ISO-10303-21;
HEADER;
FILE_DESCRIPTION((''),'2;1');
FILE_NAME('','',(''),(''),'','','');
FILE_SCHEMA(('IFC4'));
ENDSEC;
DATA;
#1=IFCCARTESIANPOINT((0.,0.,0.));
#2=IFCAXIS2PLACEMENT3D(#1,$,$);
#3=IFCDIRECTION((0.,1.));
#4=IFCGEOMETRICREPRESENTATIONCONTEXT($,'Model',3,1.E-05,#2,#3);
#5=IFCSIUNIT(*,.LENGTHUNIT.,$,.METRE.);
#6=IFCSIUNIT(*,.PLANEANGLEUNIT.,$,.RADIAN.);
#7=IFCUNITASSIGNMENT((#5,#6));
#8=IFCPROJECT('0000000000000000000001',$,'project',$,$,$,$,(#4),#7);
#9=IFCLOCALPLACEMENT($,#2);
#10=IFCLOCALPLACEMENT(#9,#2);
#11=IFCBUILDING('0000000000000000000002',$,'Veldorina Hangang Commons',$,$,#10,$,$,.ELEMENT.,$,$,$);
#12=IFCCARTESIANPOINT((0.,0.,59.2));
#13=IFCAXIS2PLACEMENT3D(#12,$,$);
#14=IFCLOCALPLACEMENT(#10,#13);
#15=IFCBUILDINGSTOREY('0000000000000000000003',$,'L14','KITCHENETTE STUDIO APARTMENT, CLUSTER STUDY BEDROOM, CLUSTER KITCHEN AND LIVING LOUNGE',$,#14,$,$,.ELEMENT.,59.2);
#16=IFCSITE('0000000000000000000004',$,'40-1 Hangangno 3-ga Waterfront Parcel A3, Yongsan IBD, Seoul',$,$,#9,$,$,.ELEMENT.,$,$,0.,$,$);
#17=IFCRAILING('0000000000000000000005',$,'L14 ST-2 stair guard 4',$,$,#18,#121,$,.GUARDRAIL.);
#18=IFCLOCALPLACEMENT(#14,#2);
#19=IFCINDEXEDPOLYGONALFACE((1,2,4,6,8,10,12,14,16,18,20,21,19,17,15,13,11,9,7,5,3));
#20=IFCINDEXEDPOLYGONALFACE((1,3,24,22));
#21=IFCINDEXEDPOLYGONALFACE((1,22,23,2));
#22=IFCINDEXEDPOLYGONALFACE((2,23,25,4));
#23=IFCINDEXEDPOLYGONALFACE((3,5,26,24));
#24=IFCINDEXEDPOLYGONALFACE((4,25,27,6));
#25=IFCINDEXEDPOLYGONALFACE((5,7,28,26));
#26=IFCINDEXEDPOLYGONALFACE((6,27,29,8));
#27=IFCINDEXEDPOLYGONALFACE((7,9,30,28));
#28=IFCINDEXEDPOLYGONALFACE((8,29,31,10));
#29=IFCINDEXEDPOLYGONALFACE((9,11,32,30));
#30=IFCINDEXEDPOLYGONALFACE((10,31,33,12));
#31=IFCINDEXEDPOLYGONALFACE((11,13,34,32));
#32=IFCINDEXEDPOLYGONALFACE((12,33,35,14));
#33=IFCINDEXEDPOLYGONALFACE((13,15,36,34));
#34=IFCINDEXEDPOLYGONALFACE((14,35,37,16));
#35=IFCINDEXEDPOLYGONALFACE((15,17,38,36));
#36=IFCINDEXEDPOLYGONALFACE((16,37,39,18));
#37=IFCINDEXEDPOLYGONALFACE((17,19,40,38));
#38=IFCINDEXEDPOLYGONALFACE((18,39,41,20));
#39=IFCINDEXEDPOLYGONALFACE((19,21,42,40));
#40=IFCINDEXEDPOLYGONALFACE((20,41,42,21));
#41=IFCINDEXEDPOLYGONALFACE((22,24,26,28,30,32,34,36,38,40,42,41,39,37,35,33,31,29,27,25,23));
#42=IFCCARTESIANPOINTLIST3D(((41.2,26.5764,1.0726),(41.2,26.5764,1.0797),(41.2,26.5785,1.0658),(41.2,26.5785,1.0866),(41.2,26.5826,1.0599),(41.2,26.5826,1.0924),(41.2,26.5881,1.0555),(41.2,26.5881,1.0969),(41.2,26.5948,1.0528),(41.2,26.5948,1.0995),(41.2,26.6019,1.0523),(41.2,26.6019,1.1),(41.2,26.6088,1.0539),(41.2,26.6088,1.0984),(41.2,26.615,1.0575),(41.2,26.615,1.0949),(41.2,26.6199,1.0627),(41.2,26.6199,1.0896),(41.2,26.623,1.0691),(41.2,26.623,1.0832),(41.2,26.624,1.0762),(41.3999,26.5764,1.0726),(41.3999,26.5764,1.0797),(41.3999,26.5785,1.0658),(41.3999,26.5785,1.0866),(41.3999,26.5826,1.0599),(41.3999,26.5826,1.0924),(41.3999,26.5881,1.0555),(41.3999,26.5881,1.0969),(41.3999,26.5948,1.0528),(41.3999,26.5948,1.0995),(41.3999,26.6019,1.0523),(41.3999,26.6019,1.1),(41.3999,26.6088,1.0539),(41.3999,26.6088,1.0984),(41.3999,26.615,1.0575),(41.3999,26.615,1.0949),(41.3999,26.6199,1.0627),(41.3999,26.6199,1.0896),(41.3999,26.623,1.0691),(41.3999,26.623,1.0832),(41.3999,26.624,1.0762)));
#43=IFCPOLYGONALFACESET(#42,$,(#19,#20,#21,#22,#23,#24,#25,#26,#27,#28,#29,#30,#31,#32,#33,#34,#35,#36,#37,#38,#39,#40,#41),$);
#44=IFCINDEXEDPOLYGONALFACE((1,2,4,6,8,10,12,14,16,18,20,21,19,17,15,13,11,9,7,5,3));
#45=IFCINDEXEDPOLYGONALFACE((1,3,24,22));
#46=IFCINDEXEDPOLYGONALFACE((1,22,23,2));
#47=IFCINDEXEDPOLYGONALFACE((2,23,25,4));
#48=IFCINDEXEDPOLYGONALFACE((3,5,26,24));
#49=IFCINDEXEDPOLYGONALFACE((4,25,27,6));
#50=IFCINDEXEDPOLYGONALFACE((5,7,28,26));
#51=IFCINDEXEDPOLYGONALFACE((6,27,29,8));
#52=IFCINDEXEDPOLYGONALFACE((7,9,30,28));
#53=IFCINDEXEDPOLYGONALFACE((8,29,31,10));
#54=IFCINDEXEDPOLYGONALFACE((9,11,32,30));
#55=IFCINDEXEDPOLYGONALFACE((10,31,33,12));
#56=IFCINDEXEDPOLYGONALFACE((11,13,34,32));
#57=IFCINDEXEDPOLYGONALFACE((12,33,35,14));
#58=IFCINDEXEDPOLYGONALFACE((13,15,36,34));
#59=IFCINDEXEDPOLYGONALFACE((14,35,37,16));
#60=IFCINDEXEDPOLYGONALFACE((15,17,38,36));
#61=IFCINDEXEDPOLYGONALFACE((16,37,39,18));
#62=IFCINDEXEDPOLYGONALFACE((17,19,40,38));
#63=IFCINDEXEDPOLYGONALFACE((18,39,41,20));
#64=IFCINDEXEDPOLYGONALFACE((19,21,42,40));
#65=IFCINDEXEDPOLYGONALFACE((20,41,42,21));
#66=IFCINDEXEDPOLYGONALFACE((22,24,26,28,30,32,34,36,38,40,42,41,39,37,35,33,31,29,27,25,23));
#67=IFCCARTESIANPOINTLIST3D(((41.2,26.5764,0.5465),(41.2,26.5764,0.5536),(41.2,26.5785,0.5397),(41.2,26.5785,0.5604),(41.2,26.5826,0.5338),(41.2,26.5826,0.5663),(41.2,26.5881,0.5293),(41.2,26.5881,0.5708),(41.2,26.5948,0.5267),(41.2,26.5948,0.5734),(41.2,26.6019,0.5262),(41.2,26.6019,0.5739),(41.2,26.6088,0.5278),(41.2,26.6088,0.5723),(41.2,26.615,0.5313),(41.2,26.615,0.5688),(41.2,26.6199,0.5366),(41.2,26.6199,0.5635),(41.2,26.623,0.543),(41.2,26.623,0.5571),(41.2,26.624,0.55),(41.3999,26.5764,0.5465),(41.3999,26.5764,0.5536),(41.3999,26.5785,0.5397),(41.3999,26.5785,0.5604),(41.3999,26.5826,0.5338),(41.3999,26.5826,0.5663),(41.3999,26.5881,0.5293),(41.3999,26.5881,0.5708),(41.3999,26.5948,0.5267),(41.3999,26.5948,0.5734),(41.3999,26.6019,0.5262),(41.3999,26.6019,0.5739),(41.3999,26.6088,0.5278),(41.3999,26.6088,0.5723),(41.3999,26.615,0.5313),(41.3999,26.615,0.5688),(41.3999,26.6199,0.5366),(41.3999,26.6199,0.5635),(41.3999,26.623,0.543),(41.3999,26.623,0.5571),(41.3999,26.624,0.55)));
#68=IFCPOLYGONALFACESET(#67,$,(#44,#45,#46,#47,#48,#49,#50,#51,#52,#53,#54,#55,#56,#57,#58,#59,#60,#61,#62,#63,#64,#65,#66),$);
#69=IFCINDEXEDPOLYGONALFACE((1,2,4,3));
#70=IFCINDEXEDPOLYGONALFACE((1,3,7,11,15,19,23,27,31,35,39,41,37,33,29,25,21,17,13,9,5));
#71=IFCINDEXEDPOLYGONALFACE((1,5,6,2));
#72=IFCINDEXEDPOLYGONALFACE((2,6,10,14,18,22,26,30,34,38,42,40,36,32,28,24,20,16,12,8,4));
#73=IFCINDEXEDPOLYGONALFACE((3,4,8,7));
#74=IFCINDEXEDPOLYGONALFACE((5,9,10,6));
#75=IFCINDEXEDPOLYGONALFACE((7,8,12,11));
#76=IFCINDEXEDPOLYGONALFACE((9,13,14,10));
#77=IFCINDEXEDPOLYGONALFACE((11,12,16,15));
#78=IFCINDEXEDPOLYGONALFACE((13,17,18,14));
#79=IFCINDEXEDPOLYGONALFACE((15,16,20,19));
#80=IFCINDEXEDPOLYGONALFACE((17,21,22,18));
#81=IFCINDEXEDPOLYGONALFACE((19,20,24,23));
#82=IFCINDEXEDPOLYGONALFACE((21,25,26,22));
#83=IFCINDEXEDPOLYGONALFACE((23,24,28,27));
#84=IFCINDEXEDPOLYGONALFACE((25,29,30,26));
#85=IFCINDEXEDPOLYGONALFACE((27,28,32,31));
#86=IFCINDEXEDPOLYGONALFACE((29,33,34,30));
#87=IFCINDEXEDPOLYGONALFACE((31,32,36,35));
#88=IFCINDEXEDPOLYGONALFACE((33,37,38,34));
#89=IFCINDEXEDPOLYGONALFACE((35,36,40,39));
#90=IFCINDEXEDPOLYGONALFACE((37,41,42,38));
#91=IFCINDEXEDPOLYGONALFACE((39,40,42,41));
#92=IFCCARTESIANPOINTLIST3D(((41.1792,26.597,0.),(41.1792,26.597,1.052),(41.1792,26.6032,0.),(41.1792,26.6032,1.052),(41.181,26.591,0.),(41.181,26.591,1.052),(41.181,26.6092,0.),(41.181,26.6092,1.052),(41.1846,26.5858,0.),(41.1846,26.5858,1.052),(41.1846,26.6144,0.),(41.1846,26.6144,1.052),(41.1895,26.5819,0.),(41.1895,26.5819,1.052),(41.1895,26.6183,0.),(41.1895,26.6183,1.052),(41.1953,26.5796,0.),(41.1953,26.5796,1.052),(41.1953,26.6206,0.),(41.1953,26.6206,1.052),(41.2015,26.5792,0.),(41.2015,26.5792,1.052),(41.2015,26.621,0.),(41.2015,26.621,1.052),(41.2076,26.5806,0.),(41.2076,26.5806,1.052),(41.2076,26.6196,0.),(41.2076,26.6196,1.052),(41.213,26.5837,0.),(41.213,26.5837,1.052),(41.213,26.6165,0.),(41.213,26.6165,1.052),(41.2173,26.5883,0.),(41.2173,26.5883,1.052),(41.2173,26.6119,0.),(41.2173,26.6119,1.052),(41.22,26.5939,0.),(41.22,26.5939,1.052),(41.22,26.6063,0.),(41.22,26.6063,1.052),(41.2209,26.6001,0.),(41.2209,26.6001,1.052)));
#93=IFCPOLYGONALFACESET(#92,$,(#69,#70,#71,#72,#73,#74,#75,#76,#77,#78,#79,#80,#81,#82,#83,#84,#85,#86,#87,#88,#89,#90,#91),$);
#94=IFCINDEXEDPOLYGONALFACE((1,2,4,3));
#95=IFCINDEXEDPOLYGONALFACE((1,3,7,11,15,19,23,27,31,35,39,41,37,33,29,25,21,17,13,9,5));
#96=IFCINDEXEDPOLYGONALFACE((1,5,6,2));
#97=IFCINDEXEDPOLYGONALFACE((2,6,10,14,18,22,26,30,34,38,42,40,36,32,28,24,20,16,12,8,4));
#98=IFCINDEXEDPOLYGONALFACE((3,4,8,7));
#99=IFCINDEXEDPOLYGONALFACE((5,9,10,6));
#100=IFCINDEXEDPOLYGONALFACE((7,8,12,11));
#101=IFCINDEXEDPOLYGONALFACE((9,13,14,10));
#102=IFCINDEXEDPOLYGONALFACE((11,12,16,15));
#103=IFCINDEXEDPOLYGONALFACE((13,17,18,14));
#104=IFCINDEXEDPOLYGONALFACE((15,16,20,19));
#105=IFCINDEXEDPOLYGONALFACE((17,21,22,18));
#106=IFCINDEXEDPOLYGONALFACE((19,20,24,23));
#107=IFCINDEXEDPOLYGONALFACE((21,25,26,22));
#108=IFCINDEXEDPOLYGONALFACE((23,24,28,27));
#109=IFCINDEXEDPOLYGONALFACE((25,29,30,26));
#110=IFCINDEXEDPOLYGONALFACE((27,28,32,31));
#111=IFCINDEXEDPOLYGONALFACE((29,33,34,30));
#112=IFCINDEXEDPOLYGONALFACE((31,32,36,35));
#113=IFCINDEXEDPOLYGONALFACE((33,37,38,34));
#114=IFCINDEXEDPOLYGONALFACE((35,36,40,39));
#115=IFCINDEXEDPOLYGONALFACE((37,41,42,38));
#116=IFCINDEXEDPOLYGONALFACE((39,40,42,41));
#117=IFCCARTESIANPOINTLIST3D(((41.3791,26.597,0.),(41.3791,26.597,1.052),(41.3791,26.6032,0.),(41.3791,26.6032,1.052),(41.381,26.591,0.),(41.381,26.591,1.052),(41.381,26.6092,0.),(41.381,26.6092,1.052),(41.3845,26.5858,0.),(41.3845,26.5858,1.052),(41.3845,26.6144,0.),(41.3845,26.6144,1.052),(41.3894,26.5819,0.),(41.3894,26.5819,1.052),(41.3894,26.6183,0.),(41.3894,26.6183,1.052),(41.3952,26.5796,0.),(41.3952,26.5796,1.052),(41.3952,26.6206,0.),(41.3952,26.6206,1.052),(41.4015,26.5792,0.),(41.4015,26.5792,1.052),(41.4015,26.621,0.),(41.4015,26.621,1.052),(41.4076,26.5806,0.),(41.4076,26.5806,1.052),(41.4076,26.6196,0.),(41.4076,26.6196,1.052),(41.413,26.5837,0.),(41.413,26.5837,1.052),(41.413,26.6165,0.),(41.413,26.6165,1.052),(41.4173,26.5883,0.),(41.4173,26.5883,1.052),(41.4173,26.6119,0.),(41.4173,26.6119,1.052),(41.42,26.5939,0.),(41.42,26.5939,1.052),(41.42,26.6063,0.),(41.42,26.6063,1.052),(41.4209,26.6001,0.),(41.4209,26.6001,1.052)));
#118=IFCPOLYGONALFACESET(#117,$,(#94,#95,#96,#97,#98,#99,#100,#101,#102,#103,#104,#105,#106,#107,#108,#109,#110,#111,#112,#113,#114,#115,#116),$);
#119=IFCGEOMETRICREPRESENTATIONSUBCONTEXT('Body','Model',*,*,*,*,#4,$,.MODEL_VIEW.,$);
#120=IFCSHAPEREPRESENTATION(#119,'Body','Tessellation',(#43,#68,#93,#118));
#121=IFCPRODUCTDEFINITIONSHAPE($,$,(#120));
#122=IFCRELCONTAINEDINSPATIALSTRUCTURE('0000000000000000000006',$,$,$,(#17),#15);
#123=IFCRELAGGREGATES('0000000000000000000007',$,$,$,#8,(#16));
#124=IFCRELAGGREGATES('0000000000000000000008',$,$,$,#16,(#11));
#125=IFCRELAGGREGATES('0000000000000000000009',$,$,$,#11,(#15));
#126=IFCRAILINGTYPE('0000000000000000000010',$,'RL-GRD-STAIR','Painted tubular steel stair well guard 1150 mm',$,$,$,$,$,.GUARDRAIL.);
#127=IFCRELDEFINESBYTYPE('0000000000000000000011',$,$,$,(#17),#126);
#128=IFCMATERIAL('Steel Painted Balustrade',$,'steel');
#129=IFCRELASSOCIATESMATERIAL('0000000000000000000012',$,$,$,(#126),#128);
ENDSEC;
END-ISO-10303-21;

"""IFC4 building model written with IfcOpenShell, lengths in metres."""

from ifc_helpers import new_model, si_unit, direction, frame, origin, origin_2d, place, context, subcontext, project, spatial, circle, extrude, material, type_object, element, save


model = new_model("IFC4")

# Units and contexts
model_context = context("Model", 3, precision=1e-05, world=origin(), true_north=direction((0.0, 1.0)))
body_context = subcontext(model_context, "Body", "Model", "MODEL_VIEW")
ifc_project = project(units=[si_unit("LENGTHUNIT", "METRE"), si_unit("PLANEANGLEUNIT", "RADIAN")], contexts=[model_context])

# Site, building, storey
site_placement = place(None, origin())
site = spatial("IfcSite", under=ifc_project, at=site_placement, Name="40-1 Hangangno 3-ga Waterfront Parcel A3, Yongsan IBD, Seoul", CompositionType="ELEMENT", RefElevation=0.0)
building_placement = place(site_placement, origin())
building = spatial("IfcBuilding", under=site, at=building_placement, Name="Veldorina Hangang Commons", CompositionType="ELEMENT")
storey_placement = place(building_placement, frame((0.0, 0.0, 59.2)))
storey = spatial("IfcBuildingStorey", under=building, at=storey_placement, Name="L14", Description="KITCHENETTE STUDIO APARTMENT, CLUSTER STUDY BEDROOM, CLUSTER KITCHEN AND LIVING LOUNGE", CompositionType="ELEMENT", Elevation=59.2)

# Railing
ifc_material_1 = material(Name="Steel Painted Balustrade", Category="steel")
railing_type_1 = type_object("IfcRailingType", Name="RL-GRD-STAIR", Description="Painted tubular steel stair well guard 1150 mm", PredefinedType="GUARDRAIL", material=ifc_material_1)
railing_1_placement = place(storey_placement, frame((41.2, 26.6001, 0.0)))
element("IfcRailing", 1, at=railing_1_placement, inside=storey, type_object=railing_type_1, Name="L14 ST-2 stair guard 4", PredefinedType="GUARDRAIL", context=body_context, shape_type="SweptSolid", body=[
    extrude(circle(Radius=0.0239, at=origin_2d()), frame((0.0, 0.0, 1.0762), z_axis=(1.0, 0.0, 0.0), x_axis=(0.0, 1.0, 0.0)), (0.0, 0.0, 1.0), 0.2),
    extrude(circle(Radius=0.0239, at=origin_2d()), frame((0.0, 0.0, 0.55), z_axis=(1.0, 0.0, 0.0), x_axis=(0.0, 1.0, 0.0)), (0.0, 0.0, 1.0), 0.2),
    extrude(circle(Radius=0.021, at=origin_2d()), origin(), (0.0, 0.0, 1.0), 1.052),
    extrude(circle(Radius=0.021, at=origin_2d()), frame((0.2, 0.0, 0.0)), (0.0, 0.0, 1.0), 1.052),
])

save(model, "model.ifc")
